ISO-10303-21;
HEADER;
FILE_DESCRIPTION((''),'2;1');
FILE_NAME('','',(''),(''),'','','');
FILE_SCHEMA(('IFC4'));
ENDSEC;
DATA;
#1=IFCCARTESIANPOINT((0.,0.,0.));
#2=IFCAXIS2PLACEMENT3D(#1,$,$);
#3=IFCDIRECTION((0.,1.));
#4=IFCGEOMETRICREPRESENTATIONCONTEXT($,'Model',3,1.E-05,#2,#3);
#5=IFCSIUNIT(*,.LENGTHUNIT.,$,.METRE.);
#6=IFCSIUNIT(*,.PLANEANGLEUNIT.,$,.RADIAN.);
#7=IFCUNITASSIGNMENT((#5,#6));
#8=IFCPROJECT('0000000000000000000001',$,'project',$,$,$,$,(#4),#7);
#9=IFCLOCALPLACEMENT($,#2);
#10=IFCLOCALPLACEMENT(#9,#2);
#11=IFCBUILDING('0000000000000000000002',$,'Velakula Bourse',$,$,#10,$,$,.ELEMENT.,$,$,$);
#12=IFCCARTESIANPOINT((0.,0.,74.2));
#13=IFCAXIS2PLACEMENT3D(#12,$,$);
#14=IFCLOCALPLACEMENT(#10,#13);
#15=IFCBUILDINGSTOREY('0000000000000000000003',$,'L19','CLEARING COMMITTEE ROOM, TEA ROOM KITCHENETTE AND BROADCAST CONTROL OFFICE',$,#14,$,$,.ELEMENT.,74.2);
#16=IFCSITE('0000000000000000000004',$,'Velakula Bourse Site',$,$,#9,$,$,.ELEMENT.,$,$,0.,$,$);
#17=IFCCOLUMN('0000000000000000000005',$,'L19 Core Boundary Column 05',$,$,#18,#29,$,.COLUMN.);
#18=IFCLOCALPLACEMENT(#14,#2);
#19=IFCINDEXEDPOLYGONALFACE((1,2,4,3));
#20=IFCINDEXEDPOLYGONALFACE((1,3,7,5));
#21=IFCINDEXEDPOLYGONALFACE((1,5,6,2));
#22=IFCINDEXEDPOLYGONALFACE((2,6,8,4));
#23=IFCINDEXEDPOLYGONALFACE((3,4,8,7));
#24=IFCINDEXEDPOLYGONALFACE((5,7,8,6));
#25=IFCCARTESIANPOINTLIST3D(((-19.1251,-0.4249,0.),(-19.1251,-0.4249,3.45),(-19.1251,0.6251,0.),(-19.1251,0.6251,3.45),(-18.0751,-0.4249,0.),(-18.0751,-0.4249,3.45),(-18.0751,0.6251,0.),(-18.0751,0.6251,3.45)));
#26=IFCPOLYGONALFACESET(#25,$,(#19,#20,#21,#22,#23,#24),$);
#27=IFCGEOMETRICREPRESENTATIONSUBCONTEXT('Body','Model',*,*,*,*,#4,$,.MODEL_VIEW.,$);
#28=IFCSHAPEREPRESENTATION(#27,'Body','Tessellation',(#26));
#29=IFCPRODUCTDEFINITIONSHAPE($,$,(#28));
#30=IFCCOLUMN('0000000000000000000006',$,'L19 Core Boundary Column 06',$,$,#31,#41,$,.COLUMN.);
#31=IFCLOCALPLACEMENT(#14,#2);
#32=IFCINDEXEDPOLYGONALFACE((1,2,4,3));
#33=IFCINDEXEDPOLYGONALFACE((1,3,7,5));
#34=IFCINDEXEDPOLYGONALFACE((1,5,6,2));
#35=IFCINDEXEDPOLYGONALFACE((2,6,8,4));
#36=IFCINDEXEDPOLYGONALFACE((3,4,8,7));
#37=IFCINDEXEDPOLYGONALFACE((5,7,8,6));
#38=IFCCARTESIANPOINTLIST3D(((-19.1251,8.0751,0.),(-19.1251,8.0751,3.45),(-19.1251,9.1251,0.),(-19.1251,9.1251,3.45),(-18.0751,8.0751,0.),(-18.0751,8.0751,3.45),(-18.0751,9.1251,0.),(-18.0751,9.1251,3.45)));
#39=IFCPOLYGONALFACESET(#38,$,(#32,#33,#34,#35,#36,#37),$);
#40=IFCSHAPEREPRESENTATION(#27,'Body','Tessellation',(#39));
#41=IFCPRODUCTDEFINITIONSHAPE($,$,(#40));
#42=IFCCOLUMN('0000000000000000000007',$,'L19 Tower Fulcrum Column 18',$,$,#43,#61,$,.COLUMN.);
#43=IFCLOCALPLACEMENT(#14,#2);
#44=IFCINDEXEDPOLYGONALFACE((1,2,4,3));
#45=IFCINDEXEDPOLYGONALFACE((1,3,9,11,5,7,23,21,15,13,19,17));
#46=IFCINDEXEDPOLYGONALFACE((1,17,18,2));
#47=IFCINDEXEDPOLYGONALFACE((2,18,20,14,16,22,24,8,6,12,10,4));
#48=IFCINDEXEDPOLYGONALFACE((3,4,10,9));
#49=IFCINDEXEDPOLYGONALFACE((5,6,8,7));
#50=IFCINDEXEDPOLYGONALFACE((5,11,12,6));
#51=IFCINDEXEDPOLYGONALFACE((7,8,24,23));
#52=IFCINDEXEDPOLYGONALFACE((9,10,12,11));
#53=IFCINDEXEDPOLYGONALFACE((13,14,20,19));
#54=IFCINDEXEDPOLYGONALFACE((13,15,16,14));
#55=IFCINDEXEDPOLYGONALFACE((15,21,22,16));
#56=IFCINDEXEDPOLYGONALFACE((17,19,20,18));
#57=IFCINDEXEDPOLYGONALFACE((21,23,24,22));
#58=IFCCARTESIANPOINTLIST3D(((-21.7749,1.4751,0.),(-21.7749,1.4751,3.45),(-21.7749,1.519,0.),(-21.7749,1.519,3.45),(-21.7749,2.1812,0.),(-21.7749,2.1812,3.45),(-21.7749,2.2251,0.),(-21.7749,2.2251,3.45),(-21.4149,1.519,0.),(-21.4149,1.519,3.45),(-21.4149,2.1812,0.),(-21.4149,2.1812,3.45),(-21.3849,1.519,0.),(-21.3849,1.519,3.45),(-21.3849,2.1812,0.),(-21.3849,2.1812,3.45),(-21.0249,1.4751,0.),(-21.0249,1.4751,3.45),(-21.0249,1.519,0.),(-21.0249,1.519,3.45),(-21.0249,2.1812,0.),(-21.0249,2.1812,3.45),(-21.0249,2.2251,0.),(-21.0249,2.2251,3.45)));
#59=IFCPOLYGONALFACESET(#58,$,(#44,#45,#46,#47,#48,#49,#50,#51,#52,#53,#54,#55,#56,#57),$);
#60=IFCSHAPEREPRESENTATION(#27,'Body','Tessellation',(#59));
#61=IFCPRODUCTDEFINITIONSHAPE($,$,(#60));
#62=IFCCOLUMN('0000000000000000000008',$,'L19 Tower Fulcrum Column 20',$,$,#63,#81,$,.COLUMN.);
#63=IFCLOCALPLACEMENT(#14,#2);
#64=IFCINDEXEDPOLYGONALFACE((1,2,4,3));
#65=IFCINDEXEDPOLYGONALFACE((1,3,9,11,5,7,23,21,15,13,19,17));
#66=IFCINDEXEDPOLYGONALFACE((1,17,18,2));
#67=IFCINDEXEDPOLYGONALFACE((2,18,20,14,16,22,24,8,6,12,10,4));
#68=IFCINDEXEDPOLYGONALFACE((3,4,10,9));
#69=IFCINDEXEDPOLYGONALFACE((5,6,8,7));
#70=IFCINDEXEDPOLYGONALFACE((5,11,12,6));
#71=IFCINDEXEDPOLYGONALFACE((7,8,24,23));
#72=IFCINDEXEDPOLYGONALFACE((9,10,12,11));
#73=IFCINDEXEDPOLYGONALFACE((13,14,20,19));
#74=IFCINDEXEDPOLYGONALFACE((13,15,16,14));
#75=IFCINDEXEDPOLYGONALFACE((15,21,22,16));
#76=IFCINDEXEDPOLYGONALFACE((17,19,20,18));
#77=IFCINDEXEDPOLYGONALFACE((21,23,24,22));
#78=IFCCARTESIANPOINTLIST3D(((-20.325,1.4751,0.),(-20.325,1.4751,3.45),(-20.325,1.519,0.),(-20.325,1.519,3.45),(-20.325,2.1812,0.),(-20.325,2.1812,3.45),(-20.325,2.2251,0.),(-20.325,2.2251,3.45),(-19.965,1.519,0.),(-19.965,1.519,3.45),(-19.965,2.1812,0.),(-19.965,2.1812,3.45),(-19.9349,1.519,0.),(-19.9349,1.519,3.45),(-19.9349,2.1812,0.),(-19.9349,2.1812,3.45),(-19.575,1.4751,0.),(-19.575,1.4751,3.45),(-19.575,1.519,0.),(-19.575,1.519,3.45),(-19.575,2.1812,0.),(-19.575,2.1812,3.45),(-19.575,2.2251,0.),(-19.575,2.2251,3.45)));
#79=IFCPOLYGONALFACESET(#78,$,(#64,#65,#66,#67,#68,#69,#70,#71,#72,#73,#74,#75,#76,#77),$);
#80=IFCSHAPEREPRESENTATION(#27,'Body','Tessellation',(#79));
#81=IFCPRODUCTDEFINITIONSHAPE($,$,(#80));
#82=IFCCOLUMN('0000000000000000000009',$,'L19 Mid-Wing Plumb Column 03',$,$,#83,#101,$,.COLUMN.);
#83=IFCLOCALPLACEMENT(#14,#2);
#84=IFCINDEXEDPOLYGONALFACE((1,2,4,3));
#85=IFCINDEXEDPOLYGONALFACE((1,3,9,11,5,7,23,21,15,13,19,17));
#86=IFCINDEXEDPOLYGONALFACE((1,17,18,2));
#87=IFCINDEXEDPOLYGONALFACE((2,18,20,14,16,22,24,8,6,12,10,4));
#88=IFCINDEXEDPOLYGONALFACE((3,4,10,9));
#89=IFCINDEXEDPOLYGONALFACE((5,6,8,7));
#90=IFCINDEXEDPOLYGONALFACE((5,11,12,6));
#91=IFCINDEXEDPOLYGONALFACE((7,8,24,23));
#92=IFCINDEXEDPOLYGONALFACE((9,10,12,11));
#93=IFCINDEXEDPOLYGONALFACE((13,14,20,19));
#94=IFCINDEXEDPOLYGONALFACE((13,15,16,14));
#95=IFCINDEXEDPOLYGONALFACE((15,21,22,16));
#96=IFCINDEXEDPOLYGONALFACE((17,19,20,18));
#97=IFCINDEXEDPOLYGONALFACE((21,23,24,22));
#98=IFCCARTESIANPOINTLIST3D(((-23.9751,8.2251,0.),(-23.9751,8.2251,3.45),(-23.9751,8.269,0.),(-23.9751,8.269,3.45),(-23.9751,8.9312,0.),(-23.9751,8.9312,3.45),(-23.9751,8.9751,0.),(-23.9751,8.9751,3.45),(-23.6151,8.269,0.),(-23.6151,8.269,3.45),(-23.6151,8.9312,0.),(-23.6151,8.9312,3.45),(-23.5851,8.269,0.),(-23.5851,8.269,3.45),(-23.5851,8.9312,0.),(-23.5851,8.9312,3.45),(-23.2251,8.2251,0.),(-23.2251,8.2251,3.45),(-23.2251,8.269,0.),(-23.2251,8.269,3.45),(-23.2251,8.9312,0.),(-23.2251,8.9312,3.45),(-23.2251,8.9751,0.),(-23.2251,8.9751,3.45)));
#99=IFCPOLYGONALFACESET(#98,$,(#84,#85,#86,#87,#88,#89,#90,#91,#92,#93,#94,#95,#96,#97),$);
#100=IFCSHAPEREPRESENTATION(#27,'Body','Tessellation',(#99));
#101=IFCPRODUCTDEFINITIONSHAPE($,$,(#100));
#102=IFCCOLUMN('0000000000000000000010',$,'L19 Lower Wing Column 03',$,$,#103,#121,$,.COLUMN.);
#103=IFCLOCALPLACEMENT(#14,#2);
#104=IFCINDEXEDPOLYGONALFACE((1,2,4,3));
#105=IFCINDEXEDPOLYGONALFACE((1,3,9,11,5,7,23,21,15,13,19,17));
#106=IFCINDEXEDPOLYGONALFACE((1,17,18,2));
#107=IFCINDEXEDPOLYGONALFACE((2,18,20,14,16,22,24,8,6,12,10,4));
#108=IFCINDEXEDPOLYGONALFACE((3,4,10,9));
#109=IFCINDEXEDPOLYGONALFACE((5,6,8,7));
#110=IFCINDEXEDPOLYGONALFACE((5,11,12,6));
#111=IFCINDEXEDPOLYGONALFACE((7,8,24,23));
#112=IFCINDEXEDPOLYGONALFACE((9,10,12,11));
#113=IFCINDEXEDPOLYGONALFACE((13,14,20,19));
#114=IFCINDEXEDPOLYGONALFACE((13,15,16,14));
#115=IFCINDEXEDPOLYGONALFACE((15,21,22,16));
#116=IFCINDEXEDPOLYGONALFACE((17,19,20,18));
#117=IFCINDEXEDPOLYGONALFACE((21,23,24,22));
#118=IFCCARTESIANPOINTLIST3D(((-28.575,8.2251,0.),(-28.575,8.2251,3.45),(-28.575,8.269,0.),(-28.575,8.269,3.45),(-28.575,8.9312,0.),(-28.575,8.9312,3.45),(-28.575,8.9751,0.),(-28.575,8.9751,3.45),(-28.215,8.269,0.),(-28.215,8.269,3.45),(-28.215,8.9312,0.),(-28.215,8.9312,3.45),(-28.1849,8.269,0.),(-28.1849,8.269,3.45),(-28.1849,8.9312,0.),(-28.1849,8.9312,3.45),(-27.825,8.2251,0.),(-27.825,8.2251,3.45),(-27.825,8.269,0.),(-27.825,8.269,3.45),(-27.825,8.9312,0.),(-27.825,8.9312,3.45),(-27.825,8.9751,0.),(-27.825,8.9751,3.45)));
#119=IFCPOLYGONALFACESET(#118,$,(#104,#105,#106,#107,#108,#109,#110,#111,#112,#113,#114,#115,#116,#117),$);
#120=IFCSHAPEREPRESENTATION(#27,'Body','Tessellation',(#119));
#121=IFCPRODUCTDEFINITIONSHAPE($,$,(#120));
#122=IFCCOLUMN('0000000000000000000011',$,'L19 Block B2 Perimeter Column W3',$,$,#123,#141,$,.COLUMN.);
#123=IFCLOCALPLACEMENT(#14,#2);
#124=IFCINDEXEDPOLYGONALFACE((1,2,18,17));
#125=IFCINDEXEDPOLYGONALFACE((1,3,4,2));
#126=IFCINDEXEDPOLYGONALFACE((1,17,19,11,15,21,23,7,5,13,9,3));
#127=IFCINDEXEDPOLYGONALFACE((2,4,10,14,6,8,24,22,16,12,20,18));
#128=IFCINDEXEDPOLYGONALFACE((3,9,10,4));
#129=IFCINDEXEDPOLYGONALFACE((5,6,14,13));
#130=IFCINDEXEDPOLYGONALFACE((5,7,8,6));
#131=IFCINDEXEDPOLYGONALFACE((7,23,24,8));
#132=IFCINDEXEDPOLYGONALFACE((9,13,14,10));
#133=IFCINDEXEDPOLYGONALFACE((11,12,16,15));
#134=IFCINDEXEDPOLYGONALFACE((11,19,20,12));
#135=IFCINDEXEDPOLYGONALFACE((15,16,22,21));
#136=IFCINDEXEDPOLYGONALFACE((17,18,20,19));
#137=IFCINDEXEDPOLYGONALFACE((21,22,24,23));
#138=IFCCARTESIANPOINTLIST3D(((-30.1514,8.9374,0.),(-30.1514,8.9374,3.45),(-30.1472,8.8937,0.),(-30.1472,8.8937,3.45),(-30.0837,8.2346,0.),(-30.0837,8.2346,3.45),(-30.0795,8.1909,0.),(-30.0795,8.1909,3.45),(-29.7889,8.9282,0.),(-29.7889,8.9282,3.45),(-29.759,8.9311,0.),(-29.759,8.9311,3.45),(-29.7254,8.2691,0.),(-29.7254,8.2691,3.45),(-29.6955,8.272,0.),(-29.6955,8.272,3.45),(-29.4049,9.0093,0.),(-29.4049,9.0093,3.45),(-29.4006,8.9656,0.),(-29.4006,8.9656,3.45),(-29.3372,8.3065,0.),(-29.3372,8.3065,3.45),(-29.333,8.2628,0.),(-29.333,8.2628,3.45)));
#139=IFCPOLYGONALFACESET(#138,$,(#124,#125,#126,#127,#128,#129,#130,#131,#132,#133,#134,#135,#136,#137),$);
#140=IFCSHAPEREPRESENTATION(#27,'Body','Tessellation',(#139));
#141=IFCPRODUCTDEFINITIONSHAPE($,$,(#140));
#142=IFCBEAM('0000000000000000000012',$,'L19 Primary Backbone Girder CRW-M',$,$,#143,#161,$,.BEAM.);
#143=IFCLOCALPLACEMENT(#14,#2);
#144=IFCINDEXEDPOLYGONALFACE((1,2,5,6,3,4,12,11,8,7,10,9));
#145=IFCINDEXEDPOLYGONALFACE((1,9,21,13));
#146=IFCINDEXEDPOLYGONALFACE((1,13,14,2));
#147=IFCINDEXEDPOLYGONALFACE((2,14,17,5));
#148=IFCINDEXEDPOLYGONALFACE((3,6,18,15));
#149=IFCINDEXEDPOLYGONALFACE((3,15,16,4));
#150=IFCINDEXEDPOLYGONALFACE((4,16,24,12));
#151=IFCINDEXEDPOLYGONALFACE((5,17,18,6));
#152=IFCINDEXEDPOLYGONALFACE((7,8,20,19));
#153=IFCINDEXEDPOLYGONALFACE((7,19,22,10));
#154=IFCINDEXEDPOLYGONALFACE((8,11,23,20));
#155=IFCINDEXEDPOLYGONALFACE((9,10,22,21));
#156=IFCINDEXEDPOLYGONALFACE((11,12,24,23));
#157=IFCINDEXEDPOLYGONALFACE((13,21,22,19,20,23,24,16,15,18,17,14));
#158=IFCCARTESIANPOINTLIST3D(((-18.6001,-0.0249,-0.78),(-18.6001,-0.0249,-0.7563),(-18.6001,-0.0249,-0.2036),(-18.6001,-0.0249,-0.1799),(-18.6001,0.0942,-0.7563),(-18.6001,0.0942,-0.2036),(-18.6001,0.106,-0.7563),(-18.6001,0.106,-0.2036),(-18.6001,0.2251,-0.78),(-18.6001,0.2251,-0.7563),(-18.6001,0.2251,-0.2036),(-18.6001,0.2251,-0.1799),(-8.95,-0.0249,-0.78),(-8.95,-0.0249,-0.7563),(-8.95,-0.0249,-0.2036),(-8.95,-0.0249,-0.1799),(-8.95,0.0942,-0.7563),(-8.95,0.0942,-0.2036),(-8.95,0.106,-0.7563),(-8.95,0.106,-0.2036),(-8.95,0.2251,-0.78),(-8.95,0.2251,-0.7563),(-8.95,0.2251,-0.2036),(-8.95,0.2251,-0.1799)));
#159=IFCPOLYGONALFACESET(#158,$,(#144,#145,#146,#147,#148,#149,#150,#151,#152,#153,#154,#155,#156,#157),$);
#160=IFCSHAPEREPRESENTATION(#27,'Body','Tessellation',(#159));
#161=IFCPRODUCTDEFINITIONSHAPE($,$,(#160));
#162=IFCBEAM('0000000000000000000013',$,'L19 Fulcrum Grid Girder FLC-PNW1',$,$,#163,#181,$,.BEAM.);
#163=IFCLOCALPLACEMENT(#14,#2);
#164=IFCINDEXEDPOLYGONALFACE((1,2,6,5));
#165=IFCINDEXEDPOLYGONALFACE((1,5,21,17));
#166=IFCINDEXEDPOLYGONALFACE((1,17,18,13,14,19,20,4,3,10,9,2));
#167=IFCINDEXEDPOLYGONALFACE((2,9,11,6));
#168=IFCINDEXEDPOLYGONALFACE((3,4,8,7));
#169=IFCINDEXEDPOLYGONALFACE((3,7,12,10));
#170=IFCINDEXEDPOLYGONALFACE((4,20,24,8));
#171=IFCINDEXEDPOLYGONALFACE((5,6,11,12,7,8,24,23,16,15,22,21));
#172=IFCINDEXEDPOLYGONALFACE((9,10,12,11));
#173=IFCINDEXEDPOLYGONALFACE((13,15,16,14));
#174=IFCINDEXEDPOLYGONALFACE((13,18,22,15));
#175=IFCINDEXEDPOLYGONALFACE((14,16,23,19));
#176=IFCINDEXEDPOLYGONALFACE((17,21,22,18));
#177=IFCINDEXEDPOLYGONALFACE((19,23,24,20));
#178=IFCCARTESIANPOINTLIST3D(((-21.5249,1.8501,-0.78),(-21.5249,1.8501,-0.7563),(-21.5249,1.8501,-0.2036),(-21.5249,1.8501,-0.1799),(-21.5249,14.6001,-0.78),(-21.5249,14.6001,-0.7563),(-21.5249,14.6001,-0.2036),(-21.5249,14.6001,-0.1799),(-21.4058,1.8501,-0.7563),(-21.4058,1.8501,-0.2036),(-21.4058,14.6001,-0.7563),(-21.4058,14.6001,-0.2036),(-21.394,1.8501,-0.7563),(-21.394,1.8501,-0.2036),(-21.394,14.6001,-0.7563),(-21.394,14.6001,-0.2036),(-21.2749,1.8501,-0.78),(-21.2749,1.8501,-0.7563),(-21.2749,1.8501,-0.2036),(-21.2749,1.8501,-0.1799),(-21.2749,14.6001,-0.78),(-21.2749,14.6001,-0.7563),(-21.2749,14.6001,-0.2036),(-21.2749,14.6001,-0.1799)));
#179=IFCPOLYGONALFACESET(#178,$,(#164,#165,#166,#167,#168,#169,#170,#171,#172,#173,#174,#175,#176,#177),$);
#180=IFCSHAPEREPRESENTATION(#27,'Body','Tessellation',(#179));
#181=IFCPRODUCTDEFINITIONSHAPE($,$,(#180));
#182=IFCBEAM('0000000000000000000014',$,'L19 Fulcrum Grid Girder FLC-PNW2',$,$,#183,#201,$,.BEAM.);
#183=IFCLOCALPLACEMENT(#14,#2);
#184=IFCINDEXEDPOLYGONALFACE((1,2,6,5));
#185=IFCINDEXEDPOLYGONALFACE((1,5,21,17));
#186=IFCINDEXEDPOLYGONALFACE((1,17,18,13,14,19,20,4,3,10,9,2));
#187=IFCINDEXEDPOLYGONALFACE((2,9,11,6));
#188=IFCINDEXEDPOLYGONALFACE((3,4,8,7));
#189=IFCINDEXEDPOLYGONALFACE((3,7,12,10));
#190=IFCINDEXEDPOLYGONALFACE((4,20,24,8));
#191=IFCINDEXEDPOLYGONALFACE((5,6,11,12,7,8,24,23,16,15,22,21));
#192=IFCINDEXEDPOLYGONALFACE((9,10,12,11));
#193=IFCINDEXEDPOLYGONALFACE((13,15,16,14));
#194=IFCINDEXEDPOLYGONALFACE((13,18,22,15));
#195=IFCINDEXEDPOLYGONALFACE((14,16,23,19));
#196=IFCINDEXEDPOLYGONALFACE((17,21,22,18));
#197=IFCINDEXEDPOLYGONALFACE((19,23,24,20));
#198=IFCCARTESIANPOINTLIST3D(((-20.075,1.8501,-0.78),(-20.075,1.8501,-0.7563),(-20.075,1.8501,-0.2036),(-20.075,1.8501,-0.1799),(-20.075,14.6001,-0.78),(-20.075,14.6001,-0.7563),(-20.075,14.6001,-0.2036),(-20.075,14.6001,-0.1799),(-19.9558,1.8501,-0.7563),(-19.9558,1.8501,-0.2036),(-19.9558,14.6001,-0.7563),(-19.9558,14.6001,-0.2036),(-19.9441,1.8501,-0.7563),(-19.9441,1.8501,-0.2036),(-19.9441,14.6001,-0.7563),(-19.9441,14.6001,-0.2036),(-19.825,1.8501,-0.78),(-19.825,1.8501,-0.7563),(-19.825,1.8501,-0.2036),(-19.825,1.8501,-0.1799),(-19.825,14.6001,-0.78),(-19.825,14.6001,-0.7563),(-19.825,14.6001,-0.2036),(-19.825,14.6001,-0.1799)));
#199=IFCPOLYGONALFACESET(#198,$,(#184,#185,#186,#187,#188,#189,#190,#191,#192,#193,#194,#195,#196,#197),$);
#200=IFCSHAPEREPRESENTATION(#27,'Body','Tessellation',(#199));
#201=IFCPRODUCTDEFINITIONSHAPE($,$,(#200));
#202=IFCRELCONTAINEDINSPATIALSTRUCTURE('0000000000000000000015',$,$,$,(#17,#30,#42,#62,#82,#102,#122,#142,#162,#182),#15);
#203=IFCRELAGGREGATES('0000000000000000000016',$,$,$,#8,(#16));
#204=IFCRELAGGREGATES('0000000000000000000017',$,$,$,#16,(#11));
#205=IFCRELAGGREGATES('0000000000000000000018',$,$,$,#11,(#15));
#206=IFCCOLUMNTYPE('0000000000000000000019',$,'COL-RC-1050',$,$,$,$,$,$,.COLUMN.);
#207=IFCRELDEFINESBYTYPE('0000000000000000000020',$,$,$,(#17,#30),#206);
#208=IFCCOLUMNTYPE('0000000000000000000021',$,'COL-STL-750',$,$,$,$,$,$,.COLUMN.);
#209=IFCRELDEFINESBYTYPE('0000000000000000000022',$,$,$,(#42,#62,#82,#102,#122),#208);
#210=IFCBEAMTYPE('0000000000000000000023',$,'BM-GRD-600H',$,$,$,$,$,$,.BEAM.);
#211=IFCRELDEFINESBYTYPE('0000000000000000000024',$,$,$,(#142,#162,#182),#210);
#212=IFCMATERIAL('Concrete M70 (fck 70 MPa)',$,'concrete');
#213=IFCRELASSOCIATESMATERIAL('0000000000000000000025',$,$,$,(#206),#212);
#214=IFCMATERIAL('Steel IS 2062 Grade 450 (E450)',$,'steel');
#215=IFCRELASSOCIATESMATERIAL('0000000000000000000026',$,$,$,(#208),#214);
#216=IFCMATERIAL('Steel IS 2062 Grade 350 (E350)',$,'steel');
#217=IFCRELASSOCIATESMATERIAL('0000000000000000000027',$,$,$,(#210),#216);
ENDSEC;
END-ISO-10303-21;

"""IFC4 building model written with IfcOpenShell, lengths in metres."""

from ifc_helpers import new_model, si_unit, direction, frame, origin, origin_2d, place, context, subcontext, project, spatial, rectangle, i_section, extrude, material, material_profile, profile_set, type_object, element, save


model = new_model("IFC4")

# Units and contexts
model_context = context("Model", 3, precision=1e-05, world=origin(), true_north=direction((0.0, 1.0)))
body_context = subcontext(model_context, "Body", "Model", "MODEL_VIEW")
ifc_project = project(units=[si_unit("LENGTHUNIT", "METRE"), si_unit("PLANEANGLEUNIT", "RADIAN")], contexts=[model_context])

# Site, building, storey
site_placement = place(None, origin())
site = spatial("IfcSite", under=ifc_project, at=site_placement, Name="Velakula Bourse Site", CompositionType="ELEMENT", RefElevation=0.0)
building_placement = place(site_placement, origin())
building = spatial("IfcBuilding", under=site, at=building_placement, Name="Velakula Bourse", CompositionType="ELEMENT")
storey_placement = place(building_placement, frame((0.0, 0.0, 74.2)))
storey = spatial("IfcBuildingStorey", under=building, at=storey_placement, Name="L19", Description="CLEARING COMMITTEE ROOM, TEA ROOM KITCHENETTE AND BROADCAST CONTROL OFFICE", CompositionType="ELEMENT", Elevation=74.2)

# Columns
ifc_material_1 = material(Name="Concrete M70 (fck 70 MPa)", Category="concrete")
ifc_material_profile_1 = material_profile(ifc_material_1, rectangle(XDim=1.05, YDim=1.05, at=origin_2d()), Name="Concrete M70 (fck 70 MPa)")
ifc_profile_set_1 = profile_set([ifc_material_profile_1], Name="Concrete M70 (fck 70 MPa)")
column_type_1 = type_object("IfcColumnType", Name="COL-RC-1050", PredefinedType="COLUMN", material=ifc_profile_set_1)
for number, where, z_axis, x_axis, name in (
    (1, (-18.6001, 0.1001, 0.0), (0.0, 0.0, 1.0), (1.0, 0.0, 0.0), "L19 Core Boundary Column 05"),
    (2, (-18.6001, 8.6001, 0.0), (0.0, 0.0, 1.0), (1.0, 0.0, 0.0), "L19 Core Boundary Column 06"),
):
    element("IfcColumn", number, at=place(storey_placement, frame(where, z_axis=z_axis, x_axis=x_axis)), inside=storey, type_object=column_type_1, Name=name, PredefinedType="COLUMN", context=body_context, shape_type="SweptSolid", body=[
        extrude(rectangle(XDim=1.05, YDim=1.05, at=origin_2d()), origin(), (0.0, 0.0, 1.0), 3.45),
    ])
ifc_material_2 = material(Name="Steel IS 2062 Grade 450 (E450)", Category="steel")
ifc_material_profile_2 = material_profile(ifc_material_2, i_section(OverallWidth=0.75, OverallDepth=0.75, WebThickness=0.03, FlangeThickness=0.0439, at=origin_2d()), Name="Steel IS 2062 Grade 450 (E450)")
ifc_profile_set_2 = profile_set([ifc_material_profile_2], Name="Steel IS 2062 Grade 450 (E450)")
column_type_2 = type_object("IfcColumnType", Name="COL-STL-750", PredefinedType="COLUMN", material=ifc_profile_set_2)
for number, where, z_axis, x_axis, name in (
    (3, (-21.3999, 1.8501, 0.0), (0.0, 0.0, 1.0), (1.0, 0.0, 0.0), "L19 Tower Fulcrum Column 18"),
    (4, (-19.95, 1.8501, 0.0), (0.0, 0.0, 1.0), (1.0, 0.0, 0.0), "L19 Tower Fulcrum Column 20"),
    (5, (-23.6001, 8.6001, 0.0), (0.0, 0.0, 1.0), (1.0, 0.0, 0.0), "L19 Mid-Wing Plumb Column 03"),
    (6, (-28.2, 8.6001, 0.0), (0.0, 0.0, 1.0), (1.0, 0.0, 0.0), "L19 Lower Wing Column 03"),
    (7, (-29.7422, 8.6001, 0.0), (0.0, 0.0, 1.0), (0.995396, 0.095846, 0.0), "L19 Block B2 Perimeter Column W3"),
):
    element("IfcColumn", number, at=place(storey_placement, frame(where, z_axis=z_axis, x_axis=x_axis)), inside=storey, type_object=column_type_2, Name=name, PredefinedType="COLUMN", context=body_context, shape_type="SweptSolid", body=[
        extrude(i_section(OverallWidth=0.75, OverallDepth=0.75, WebThickness=0.03, FlangeThickness=0.0439, at=origin_2d()), origin(), (0.0, 0.0, 1.0), 3.45),
    ])

# Beams
ifc_material_3 = material(Name="Steel IS 2062 Grade 350 (E350)", Category="steel")
ifc_material_profile_3 = material_profile(ifc_material_3, i_section(OverallWidth=0.25, OverallDepth=0.6001, WebThickness=0.0117, FlangeThickness=0.0237, at=origin_2d()), Name="Steel IS 2062 Grade 350 (E350)")
ifc_profile_set_3 = profile_set([ifc_material_profile_3], Name="Steel IS 2062 Grade 350 (E350)")
beam_type_1 = type_object("IfcBeamType", Name="BM-GRD-600H", PredefinedType="BEAM", material=ifc_profile_set_3)
beam_1_placement = place(storey_placement, frame((-18.6001, 0.1001, -0.48), z_axis=(1.0, 0.0, 0.0), x_axis=(0.0, 1.0, 0.0)))
element("IfcBeam", 8, at=beam_1_placement, inside=storey, type_object=beam_type_1, Name="L19 Primary Backbone Girder CRW-M", PredefinedType="BEAM", context=body_context, shape_type="SweptSolid", body=[
    extrude(i_section(OverallWidth=0.25, OverallDepth=0.6001, WebThickness=0.0117, FlangeThickness=0.0237, at=origin_2d()), origin(), (0.0, 0.0, 1.0), 9.6501),
])
for number, where, z_axis, x_axis, name in (
    (9, (-21.3999, 1.8501, -0.48), (0.0, 1.0, 0.0), (-1.0, 0.0, 0.0), "L19 Fulcrum Grid Girder FLC-PNW1"),
    (10, (-19.95, 1.8501, -0.48), (0.0, 1.0, 0.0), (-1.0, 0.0, 0.0), "L19 Fulcrum Grid Girder FLC-PNW2"),
):
    element("IfcBeam", number, at=place(storey_placement, frame(where, z_axis=z_axis, x_axis=x_axis)), inside=storey, type_object=beam_type_1, Name=name, PredefinedType="BEAM", context=body_context, shape_type="SweptSolid", body=[
        extrude(i_section(OverallWidth=0.25, OverallDepth=0.6001, WebThickness=0.0117, FlangeThickness=0.0237, at=origin_2d()), origin(), (0.0, 0.0, 1.0), 12.75),
    ])

save(model, "model.ifc")
